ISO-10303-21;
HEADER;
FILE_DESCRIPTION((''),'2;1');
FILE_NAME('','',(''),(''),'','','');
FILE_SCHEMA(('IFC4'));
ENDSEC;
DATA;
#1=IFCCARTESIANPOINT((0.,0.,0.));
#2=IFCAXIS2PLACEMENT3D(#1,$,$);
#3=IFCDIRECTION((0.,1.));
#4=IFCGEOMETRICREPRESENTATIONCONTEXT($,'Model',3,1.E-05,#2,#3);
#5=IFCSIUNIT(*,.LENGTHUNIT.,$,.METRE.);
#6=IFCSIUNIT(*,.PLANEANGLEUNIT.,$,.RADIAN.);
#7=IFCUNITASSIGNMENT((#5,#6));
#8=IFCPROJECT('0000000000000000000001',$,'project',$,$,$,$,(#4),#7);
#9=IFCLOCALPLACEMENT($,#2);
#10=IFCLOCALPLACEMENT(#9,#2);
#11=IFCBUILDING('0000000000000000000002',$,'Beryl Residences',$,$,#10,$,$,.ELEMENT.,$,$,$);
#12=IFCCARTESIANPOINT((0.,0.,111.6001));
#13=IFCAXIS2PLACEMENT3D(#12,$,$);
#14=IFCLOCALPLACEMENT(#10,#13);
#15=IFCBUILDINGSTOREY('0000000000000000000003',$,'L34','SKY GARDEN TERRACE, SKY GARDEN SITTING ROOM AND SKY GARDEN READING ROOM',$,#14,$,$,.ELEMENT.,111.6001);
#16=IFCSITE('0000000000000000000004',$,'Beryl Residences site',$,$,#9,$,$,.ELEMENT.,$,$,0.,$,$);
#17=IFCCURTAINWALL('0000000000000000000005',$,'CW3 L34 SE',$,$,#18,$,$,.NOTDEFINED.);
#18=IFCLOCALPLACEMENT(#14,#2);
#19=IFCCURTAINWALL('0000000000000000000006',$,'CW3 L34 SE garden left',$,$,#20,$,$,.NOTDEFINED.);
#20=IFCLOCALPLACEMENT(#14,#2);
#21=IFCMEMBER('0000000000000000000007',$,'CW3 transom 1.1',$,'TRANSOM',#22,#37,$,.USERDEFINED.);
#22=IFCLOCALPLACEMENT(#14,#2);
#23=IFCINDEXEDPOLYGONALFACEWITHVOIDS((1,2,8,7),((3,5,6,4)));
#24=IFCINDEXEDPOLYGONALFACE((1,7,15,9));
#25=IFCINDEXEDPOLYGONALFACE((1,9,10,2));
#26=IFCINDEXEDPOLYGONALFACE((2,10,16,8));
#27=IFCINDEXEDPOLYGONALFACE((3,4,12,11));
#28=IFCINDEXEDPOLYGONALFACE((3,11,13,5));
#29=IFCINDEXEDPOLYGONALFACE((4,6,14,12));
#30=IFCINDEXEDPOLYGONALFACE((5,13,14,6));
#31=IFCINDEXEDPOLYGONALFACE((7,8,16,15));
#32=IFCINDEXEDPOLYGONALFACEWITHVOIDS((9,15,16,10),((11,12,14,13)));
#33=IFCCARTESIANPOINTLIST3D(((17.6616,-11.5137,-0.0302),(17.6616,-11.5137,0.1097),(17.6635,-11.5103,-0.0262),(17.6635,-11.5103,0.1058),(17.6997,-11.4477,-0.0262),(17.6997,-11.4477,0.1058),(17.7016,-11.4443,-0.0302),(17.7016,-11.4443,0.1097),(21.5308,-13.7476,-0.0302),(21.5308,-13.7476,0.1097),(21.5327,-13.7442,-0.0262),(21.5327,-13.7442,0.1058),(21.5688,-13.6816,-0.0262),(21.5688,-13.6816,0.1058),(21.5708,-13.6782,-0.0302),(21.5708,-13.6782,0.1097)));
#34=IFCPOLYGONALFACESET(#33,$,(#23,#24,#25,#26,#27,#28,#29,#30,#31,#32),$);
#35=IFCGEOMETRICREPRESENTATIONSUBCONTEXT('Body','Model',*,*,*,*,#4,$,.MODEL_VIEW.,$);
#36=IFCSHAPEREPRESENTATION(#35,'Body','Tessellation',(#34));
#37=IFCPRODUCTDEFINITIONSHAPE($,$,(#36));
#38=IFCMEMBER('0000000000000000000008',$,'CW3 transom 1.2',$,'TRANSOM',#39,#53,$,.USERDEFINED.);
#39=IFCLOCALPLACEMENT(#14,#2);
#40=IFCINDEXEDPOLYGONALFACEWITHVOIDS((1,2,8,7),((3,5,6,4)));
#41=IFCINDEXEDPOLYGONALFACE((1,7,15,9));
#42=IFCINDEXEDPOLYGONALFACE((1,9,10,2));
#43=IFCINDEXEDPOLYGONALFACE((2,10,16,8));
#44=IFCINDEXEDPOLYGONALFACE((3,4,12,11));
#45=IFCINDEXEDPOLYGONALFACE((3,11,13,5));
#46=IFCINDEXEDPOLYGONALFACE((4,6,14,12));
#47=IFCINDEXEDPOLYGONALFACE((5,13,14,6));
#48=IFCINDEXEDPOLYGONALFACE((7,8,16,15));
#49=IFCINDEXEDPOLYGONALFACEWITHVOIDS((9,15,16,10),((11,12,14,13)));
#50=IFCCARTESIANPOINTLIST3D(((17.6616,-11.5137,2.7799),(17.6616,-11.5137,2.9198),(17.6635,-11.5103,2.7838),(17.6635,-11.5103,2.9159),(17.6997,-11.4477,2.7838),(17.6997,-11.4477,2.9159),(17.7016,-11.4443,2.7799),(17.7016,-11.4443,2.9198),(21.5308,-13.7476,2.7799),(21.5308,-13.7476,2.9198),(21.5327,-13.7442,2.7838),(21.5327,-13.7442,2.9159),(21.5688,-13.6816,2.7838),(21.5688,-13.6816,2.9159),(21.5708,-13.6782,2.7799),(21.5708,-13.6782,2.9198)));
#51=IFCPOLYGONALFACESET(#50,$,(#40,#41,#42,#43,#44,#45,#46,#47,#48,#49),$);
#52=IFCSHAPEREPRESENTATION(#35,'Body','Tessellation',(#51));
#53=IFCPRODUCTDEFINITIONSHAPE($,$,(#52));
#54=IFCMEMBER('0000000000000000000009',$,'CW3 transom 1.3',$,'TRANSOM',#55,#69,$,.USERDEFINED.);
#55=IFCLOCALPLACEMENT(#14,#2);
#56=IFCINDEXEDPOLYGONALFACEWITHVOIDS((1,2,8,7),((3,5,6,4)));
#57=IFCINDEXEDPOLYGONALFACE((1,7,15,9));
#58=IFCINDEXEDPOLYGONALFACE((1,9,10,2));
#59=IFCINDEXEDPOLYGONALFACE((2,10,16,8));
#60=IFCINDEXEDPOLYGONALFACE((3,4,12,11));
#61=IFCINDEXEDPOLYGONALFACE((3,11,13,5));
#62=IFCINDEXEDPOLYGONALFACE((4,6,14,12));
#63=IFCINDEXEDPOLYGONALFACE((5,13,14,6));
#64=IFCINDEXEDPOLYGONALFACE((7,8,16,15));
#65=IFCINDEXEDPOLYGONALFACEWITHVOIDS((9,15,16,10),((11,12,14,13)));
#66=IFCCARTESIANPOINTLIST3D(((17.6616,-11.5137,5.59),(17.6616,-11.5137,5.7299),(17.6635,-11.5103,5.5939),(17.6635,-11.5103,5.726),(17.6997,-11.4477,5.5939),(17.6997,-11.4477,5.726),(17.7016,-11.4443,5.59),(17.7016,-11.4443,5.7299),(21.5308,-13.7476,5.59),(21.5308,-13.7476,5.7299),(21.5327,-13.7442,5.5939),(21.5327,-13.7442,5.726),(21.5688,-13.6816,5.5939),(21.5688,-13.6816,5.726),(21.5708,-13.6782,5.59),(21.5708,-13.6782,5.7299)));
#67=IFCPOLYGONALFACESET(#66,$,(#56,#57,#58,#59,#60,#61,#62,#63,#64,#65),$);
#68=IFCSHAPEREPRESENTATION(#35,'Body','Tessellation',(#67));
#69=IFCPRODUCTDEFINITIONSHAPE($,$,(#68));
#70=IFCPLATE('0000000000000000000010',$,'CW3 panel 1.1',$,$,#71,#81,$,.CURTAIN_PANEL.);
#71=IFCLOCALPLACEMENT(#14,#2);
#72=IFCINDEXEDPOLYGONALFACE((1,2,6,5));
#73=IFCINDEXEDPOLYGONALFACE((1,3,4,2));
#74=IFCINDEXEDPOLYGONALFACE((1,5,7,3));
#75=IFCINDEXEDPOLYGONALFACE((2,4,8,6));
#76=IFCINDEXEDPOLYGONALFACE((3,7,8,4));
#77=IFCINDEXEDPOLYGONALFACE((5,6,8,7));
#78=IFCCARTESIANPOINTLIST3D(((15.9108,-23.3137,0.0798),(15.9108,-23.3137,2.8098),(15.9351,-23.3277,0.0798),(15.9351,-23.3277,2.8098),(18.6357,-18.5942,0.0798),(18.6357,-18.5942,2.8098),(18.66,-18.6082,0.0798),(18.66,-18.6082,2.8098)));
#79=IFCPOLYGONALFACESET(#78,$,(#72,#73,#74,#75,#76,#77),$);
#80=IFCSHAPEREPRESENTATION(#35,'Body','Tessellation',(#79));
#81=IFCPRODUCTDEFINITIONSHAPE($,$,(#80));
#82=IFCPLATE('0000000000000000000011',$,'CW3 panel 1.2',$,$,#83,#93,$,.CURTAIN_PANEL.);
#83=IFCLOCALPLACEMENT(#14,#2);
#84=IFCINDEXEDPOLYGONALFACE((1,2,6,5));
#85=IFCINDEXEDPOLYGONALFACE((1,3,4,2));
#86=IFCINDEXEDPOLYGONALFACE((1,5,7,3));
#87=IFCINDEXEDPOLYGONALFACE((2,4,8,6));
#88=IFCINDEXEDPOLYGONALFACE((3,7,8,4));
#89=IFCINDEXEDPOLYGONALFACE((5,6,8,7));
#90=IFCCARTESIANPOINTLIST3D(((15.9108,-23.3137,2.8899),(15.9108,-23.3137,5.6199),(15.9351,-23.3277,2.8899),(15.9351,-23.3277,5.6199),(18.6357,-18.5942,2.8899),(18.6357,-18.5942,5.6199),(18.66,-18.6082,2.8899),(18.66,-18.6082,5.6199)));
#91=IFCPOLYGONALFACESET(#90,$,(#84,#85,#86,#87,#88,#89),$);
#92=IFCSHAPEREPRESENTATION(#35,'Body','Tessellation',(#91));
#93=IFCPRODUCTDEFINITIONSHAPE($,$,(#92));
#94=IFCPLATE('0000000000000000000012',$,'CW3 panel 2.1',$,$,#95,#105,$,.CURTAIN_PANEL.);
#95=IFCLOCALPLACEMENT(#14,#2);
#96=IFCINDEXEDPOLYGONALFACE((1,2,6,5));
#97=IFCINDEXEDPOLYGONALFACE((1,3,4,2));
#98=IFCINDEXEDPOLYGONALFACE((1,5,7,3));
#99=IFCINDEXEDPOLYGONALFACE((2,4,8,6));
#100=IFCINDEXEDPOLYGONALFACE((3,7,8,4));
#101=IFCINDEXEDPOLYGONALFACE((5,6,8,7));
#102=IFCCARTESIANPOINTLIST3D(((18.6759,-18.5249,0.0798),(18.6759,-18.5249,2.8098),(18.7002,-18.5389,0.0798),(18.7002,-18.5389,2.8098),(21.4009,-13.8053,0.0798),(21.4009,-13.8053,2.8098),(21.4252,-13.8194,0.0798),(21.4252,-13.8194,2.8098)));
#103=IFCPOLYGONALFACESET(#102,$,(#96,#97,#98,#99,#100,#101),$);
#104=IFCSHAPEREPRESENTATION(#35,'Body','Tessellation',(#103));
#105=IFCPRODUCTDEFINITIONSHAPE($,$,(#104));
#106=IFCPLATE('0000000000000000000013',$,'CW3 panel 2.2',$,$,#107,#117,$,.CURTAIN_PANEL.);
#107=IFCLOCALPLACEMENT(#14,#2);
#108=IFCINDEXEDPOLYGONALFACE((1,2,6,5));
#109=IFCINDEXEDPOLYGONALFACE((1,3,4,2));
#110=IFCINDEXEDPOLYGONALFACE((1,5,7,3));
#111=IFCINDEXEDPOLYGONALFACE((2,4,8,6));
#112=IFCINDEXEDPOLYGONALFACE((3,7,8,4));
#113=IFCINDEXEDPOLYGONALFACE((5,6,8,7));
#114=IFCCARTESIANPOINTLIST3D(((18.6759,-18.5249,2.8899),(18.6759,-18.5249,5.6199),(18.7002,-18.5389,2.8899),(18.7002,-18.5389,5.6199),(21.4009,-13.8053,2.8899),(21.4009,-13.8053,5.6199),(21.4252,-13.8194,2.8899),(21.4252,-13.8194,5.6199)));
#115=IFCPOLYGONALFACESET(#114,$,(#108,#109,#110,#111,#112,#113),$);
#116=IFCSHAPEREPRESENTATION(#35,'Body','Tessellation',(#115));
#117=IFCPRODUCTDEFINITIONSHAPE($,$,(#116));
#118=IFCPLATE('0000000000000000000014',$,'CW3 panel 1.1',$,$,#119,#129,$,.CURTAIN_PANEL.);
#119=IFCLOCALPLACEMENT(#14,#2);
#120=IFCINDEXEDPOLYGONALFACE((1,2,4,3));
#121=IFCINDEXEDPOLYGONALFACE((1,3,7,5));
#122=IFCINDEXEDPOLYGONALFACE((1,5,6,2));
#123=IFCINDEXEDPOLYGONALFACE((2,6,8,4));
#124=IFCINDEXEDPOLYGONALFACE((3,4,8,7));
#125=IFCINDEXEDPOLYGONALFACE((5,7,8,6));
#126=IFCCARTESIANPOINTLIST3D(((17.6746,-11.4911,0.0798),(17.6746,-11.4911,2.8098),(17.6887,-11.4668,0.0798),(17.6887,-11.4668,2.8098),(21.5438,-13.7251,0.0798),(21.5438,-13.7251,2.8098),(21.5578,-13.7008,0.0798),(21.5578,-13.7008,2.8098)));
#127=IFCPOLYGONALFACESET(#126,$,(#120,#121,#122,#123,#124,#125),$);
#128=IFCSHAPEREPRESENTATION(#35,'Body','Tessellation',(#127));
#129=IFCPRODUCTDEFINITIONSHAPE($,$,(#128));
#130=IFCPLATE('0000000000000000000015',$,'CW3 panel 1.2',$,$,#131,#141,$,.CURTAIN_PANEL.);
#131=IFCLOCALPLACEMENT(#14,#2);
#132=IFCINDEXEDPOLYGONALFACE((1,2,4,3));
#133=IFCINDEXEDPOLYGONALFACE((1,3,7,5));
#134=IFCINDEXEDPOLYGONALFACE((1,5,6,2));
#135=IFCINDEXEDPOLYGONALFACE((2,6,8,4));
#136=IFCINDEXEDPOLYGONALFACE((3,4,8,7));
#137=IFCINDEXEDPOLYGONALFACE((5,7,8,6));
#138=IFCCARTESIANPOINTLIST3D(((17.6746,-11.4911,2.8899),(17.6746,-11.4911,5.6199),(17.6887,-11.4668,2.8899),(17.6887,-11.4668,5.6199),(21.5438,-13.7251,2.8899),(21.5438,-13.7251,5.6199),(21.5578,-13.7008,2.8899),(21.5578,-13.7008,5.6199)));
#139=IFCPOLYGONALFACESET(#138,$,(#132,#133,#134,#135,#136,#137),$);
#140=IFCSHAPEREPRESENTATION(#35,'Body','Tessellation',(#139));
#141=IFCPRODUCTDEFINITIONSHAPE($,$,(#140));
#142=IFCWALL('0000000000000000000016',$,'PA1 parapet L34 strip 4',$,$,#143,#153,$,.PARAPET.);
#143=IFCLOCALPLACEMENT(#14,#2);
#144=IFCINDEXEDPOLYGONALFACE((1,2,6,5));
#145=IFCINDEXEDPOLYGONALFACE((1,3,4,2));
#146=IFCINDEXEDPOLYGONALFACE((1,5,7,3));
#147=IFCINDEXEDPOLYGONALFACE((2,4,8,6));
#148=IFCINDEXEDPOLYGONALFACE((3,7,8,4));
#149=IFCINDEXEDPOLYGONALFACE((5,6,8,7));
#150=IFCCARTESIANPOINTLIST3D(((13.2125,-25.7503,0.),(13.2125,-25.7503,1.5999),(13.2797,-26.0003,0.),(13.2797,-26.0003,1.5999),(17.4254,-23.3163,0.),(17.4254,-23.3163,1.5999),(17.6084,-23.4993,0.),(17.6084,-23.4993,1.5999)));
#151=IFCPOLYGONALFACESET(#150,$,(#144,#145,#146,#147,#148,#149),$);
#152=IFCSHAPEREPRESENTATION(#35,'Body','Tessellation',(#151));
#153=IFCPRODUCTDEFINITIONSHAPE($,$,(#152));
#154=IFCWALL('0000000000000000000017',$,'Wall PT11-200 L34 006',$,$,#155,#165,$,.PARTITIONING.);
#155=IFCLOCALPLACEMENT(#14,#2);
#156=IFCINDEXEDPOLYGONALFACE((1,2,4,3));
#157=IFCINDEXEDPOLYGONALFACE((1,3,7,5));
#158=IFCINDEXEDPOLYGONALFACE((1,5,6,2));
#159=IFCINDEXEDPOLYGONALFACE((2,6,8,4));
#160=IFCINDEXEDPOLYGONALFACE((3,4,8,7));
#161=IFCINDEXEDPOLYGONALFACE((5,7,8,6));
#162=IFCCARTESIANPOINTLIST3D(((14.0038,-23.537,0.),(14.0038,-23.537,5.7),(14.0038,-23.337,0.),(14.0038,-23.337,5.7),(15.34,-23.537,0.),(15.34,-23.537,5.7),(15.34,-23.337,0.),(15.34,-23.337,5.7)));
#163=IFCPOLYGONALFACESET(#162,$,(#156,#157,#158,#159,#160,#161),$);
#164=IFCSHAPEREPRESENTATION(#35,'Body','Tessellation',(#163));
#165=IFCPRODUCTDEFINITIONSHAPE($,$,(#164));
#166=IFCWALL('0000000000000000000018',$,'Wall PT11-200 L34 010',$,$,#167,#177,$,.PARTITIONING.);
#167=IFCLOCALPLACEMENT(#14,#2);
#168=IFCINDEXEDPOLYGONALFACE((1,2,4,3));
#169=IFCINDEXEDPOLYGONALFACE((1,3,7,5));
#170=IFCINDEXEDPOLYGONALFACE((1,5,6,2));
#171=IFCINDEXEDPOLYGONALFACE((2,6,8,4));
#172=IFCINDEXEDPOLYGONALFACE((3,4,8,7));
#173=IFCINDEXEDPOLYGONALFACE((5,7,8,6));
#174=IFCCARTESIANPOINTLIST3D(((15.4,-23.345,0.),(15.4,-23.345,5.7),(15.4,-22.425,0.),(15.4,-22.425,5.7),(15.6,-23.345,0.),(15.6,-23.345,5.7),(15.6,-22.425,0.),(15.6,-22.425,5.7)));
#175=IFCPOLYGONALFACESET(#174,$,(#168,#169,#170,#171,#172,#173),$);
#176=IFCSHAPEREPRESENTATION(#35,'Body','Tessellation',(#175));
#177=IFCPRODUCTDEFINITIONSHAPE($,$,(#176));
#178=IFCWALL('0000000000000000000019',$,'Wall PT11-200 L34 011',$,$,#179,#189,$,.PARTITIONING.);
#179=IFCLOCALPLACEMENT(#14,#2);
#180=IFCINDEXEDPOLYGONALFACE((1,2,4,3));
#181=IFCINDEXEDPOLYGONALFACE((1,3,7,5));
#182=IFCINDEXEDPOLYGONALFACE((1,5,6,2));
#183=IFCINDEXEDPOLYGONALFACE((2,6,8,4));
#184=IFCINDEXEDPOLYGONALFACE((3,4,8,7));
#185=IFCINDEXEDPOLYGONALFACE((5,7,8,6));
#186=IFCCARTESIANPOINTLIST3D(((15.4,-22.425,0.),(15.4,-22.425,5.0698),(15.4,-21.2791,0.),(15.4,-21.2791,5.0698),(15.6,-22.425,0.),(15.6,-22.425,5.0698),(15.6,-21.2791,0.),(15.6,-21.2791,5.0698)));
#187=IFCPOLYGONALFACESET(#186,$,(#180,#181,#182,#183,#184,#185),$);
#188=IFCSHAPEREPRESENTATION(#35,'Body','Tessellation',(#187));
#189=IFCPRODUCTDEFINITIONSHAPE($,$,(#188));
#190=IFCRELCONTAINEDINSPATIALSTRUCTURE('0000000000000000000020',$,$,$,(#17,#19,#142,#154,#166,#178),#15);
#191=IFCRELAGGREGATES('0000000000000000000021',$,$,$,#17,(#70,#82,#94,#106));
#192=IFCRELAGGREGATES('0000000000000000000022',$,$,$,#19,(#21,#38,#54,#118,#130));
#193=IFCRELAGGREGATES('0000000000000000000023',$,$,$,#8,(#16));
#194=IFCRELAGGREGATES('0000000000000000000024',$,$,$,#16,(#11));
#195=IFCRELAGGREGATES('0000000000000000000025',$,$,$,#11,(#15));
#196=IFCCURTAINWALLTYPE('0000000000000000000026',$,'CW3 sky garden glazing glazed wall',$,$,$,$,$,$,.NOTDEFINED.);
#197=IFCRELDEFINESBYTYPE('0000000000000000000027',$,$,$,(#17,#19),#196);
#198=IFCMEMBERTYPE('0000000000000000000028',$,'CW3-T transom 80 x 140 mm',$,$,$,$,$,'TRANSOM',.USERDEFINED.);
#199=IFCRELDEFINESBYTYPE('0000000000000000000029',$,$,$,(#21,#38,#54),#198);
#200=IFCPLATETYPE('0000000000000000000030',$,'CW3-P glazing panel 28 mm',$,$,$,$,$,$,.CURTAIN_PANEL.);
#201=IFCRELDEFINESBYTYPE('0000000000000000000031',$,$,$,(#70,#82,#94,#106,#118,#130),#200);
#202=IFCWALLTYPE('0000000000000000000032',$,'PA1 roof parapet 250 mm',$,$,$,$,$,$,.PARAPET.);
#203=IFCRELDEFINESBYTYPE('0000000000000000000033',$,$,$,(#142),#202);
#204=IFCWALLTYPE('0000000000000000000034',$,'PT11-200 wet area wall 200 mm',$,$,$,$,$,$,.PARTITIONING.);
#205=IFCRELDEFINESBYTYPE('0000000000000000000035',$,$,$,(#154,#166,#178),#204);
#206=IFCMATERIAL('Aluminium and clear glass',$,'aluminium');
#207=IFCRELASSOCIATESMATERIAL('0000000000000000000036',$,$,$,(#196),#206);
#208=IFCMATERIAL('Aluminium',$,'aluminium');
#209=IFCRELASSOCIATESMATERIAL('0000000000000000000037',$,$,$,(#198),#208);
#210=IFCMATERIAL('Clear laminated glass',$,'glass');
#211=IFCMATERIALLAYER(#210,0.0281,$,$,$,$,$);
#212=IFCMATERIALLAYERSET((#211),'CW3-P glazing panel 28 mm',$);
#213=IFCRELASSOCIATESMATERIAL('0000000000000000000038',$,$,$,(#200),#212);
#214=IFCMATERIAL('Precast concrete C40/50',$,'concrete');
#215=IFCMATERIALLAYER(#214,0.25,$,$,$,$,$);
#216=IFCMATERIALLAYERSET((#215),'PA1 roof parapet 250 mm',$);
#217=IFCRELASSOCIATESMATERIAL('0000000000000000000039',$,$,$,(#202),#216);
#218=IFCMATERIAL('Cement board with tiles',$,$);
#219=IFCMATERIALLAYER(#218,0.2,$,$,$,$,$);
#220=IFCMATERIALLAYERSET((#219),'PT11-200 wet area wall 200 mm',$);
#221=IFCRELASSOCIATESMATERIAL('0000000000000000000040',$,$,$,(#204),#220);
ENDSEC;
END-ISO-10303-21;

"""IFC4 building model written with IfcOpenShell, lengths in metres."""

from ifc_helpers import new_model, si_unit, direction, frame, frame_2d, origin, origin_2d, place, context, subcontext, project, spatial, polyline, rectangle, hollow_rectangle, outline, extrude, material, layer, layer_set, material_profile, profile_set, type_object, element, aggregate, save


model = new_model("IFC4")

# Units and contexts
model_context = context("Model", 3, precision=1e-05, world=origin(), true_north=direction((0.0, 1.0)))
body_context = subcontext(model_context, "Body", "Model", "MODEL_VIEW")
ifc_project = project(units=[si_unit("LENGTHUNIT", "METRE"), si_unit("PLANEANGLEUNIT", "RADIAN")], contexts=[model_context])

# Site, building, storey
site_placement = place(None, origin())
site = spatial("IfcSite", under=ifc_project, at=site_placement, Name="Beryl Residences site", CompositionType="ELEMENT", RefElevation=0.0)
building_placement = place(site_placement, origin())
building = spatial("IfcBuilding", under=site, at=building_placement, Name="Beryl Residences", CompositionType="ELEMENT")
storey_placement = place(building_placement, frame((0.0, 0.0, 111.6001)))
storey = spatial("IfcBuildingStorey", under=building, at=storey_placement, Name="L34", Description="SKY GARDEN TERRACE, SKY GARDEN SITTING ROOM AND SKY GARDEN READING ROOM", CompositionType="ELEMENT", Elevation=111.6001)

# Curtain wall
ifc_material_1 = material(Name="Aluminium and clear glass", Category="aluminium")
curtain_wall_type = type_object("IfcCurtainWallType", Name="CW3 sky garden glazing glazed wall", PredefinedType="NOTDEFINED", material=ifc_material_1)
curtain_wall_1_placement = place(storey_placement, origin())
curtain_wall_1 = element("IfcCurtainWall", 1, at=curtain_wall_1_placement, inside=storey, type_object=curtain_wall_type, Name="CW3 L34 SE", PredefinedType="NOTDEFINED")

# Curtain wall
curtain_wall_2_placement = place(storey_placement, origin())
curtain_wall_2 = element("IfcCurtainWall", 2, at=curtain_wall_2_placement, inside=storey, type_object=curtain_wall_type, Name="CW3 L34 SE garden left", PredefinedType="NOTDEFINED")

# Members
ifc_material_2 = material(Name="Aluminium", Category="aluminium")
ifc_material_profile_1 = material_profile(ifc_material_2, hollow_rectangle(XDim=0.0801, YDim=0.1399, WallThickness=0.0039, at=origin_2d()))
ifc_profile_set_1 = profile_set([ifc_material_profile_1], Name="Aluminium")
member_type_1 = type_object("IfcMemberType", Name="CW3-T transom 80 x 140 mm", ElementType="TRANSOM", PredefinedType="USERDEFINED", material=ifc_profile_set_1)
member_1_placement = place(storey_placement, frame((21.5508, -13.7129, 0.0398), z_axis=(-0.866022, 0.500006, 0.0), x_axis=(-0.500006, -0.866022, 0.0)))
member_1 = element("IfcMember", 3, at=member_1_placement, type_object=member_type_1, Name="CW3 transom 1.1", ObjectType="TRANSOM", PredefinedType="USERDEFINED", context=body_context, shape_type="SweptSolid", body=[
    extrude(hollow_rectangle(XDim=0.0801, YDim=0.1399, WallThickness=0.0039, at=origin_2d()), origin(), (0.0, 0.0, 1.0), 4.4678),
])
member_2_placement = place(storey_placement, frame((21.5508, -13.7129, 2.8499), z_axis=(-0.866022, 0.500006, 0.0), x_axis=(-0.500006, -0.866022, 0.0)))
member_2 = element("IfcMember", 4, at=member_2_placement, type_object=member_type_1, Name="CW3 transom 1.2", ObjectType="TRANSOM", PredefinedType="USERDEFINED", context=body_context, shape_type="SweptSolid", body=[
    extrude(hollow_rectangle(XDim=0.0801, YDim=0.1399, WallThickness=0.0039, at=origin_2d()), origin(), (0.0, 0.0, 1.0), 4.4678),
])
member_3_placement = place(storey_placement, frame((21.5508, -13.7129, 5.6599), z_axis=(-0.866022, 0.500006, 0.0), x_axis=(-0.500006, -0.866022, 0.0)))
member_3 = element("IfcMember", 5, at=member_3_placement, type_object=member_type_1, Name="CW3 transom 1.3", ObjectType="TRANSOM", PredefinedType="USERDEFINED", context=body_context, shape_type="SweptSolid", body=[
    extrude(hollow_rectangle(XDim=0.0801, YDim=0.1399, WallThickness=0.0039, at=origin_2d()), origin(), (0.0, 0.0, 1.0), 4.4678),
])

# Plates
ifc_material_3 = material(Name="Clear laminated glass", Category="glass")
ifc_layer_1 = layer(ifc_material_3, 0.0281)
ifc_layer_set_1 = layer_set([ifc_layer_1], Name="CW3-P glazing panel 28 mm")
plate_type = type_object("IfcPlateType", Name="CW3-P glazing panel 28 mm", PredefinedType="CURTAIN_PANEL", material=ifc_layer_set_1)
plate_1_placement = place(storey_placement, frame((17.2854, -20.9609, 0.0798), z_axis=(0.0, 0.0, 1.0), x_axis=(0.50002, 0.866014, 0.0)))
plate_1 = element("IfcPlate", 6, at=plate_1_placement, type_object=plate_type, Name="CW3 panel 1.1", PredefinedType="CURTAIN_PANEL", context=body_context, shape_type="SweptSolid", body=[
    extrude(rectangle(XDim=5.4497, YDim=0.0281, at=origin_2d()), origin(), (0.0, 0.0, 1.0), 2.73),
])
plate_2_placement = place(storey_placement, frame((17.2854, -20.9609, 2.8899), z_axis=(0.0, 0.0, 1.0), x_axis=(0.50002, 0.866014, 0.0)))
plate_2 = element("IfcPlate", 7, at=plate_2_placement, type_object=plate_type, Name="CW3 panel 1.2", PredefinedType="CURTAIN_PANEL", context=body_context, shape_type="SweptSolid", body=[
    extrude(rectangle(XDim=5.4497, YDim=0.0281, at=origin_2d()), origin(), (0.0, 0.0, 1.0), 2.73),
])
plate_3_placement = place(storey_placement, frame((20.0505, -16.1721, 0.0798), z_axis=(0.0, 0.0, 1.0), x_axis=(0.50002, 0.866014, 0.0)))
plate_3 = element("IfcPlate", 8, at=plate_3_placement, type_object=plate_type, Name="CW3 panel 2.1", PredefinedType="CURTAIN_PANEL", context=body_context, shape_type="SweptSolid", body=[
    extrude(rectangle(XDim=5.4497, YDim=0.0281, at=origin_2d()), origin(), (0.0, 0.0, 1.0), 2.73),
])
plate_4_placement = place(storey_placement, frame((20.0505, -16.1721, 2.8899), z_axis=(0.0, 0.0, 1.0), x_axis=(0.50002, 0.866014, 0.0)))
plate_4 = element("IfcPlate", 9, at=plate_4_placement, type_object=plate_type, Name="CW3 panel 2.2", PredefinedType="CURTAIN_PANEL", context=body_context, shape_type="SweptSolid", body=[
    extrude(rectangle(XDim=5.4497, YDim=0.0281, at=origin_2d()), origin(), (0.0, 0.0, 1.0), 2.73),
])
aggregate(curtain_wall_1, [plate_1, plate_2, plate_3, plate_4])
plate_5_placement = place(storey_placement, frame((19.6162, -12.5959, 0.0798), z_axis=(0.0, 0.0, 1.0), x_axis=(-0.866008, 0.500031, 0.0)))
plate_5 = element("IfcPlate", 10, at=plate_5_placement, type_object=plate_type, Name="CW3 panel 1.1", PredefinedType="CURTAIN_PANEL", context=body_context, shape_type="SweptSolid", body=[
    extrude(rectangle(XDim=4.4678, YDim=0.0281, at=origin_2d()), origin(), (0.0, 0.0, 1.0), 2.73),
])
plate_6_placement = place(storey_placement, frame((19.6162, -12.5959, 2.8899), z_axis=(0.0, 0.0, 1.0), x_axis=(-0.866008, 0.500031, 0.0)))
plate_6 = element("IfcPlate", 11, at=plate_6_placement, type_object=plate_type, Name="CW3 panel 1.2", PredefinedType="CURTAIN_PANEL", context=body_context, shape_type="SweptSolid", body=[
    extrude(rectangle(XDim=4.4678, YDim=0.0281, at=origin_2d()), origin(), (0.0, 0.0, 1.0), 2.73),
])
aggregate(curtain_wall_2, [member_1, member_2, member_3, plate_5, plate_6])

# Walls
ifc_material_4 = material(Name="Precast concrete C40/50", Category="concrete")
ifc_layer_2 = layer(ifc_material_4, 0.25)
ifc_layer_set_2 = layer_set([ifc_layer_2], Name="PA1 roof parapet 250 mm")
wall_type_1 = type_object("IfcWallType", Name="PA1 roof parapet 250 mm", PredefinedType="PARAPET", material=ifc_layer_set_2)
wall_1_placement = place(storey_placement, frame((17.5459, -23.3911, 0.0), z_axis=(0.0, 0.0, 1.0), x_axis=(-0.865877, -0.500256, 0.0)))
element("IfcWall", 12, at=wall_1_placement, inside=storey, type_object=wall_type_1, Name="PA1 parapet L34 strip 4", PredefinedType="PARAPET", context=body_context, shape_type="SweptSolid", body=[
    extrude(outline(polyline([(0.0669, -0.125), (4.9324, -0.125), (4.9993, 0.125), (0.0, 0.125), (0.0669, -0.125)])), origin(), (0.0, 0.0, 1.0), 1.5999),
])
ifc_material_5 = material(Name="Cement board with tiles")
ifc_layer_3 = layer(ifc_material_5, 0.2)
ifc_layer_set_3 = layer_set([ifc_layer_3], Name="PT11-200 wet area wall 200 mm")
wall_type_2 = type_object("IfcWallType", Name="PT11-200 wet area wall 200 mm", PredefinedType="PARTITIONING", material=ifc_layer_set_3)
wall_2_placement = place(storey_placement, frame((14.0039, -23.437, 0.0), z_axis=(0.0, 0.0, 1.0), x_axis=(1.0, 0.0, 0.0)))
element("IfcWall", 13, at=wall_2_placement, inside=storey, type_object=wall_type_2, Name="Wall PT11-200 L34 006", PredefinedType="PARTITIONING", context=body_context, shape_type="SweptSolid", body=[
    extrude(rectangle(XDim=1.3362, YDim=0.2, at=frame_2d((0.668, 0.0))), origin(), (0.0, 0.0, 1.0), 5.7),
])
wall_3_placement = place(storey_placement, frame((15.5, -23.345, 0.0), z_axis=(0.0, 0.0, 1.0), x_axis=(0.0, 1.0, 0.0)))
element("IfcWall", 14, at=wall_3_placement, inside=storey, type_object=wall_type_2, Name="Wall PT11-200 L34 010", PredefinedType="PARTITIONING", context=body_context, shape_type="SweptSolid", body=[
    extrude(rectangle(XDim=0.9199, YDim=0.2, at=frame_2d((0.46, 0.0))), origin(), (0.0, 0.0, 1.0), 5.7),
])
wall_4_placement = place(storey_placement, frame((15.5, -22.425, 0.0), z_axis=(0.0, 0.0, 1.0), x_axis=(0.0, 1.0, 0.0)))
element("IfcWall", 15, at=wall_4_placement, inside=storey, type_object=wall_type_2, Name="Wall PT11-200 L34 011", PredefinedType="PARTITIONING", context=body_context, shape_type="SweptSolid", body=[
    extrude(rectangle(XDim=1.146, YDim=0.2, at=frame_2d((0.573, 0.0))), origin(), (0.0, 0.0, 1.0), 5.0698),
])

save(model, "model.ifc")
